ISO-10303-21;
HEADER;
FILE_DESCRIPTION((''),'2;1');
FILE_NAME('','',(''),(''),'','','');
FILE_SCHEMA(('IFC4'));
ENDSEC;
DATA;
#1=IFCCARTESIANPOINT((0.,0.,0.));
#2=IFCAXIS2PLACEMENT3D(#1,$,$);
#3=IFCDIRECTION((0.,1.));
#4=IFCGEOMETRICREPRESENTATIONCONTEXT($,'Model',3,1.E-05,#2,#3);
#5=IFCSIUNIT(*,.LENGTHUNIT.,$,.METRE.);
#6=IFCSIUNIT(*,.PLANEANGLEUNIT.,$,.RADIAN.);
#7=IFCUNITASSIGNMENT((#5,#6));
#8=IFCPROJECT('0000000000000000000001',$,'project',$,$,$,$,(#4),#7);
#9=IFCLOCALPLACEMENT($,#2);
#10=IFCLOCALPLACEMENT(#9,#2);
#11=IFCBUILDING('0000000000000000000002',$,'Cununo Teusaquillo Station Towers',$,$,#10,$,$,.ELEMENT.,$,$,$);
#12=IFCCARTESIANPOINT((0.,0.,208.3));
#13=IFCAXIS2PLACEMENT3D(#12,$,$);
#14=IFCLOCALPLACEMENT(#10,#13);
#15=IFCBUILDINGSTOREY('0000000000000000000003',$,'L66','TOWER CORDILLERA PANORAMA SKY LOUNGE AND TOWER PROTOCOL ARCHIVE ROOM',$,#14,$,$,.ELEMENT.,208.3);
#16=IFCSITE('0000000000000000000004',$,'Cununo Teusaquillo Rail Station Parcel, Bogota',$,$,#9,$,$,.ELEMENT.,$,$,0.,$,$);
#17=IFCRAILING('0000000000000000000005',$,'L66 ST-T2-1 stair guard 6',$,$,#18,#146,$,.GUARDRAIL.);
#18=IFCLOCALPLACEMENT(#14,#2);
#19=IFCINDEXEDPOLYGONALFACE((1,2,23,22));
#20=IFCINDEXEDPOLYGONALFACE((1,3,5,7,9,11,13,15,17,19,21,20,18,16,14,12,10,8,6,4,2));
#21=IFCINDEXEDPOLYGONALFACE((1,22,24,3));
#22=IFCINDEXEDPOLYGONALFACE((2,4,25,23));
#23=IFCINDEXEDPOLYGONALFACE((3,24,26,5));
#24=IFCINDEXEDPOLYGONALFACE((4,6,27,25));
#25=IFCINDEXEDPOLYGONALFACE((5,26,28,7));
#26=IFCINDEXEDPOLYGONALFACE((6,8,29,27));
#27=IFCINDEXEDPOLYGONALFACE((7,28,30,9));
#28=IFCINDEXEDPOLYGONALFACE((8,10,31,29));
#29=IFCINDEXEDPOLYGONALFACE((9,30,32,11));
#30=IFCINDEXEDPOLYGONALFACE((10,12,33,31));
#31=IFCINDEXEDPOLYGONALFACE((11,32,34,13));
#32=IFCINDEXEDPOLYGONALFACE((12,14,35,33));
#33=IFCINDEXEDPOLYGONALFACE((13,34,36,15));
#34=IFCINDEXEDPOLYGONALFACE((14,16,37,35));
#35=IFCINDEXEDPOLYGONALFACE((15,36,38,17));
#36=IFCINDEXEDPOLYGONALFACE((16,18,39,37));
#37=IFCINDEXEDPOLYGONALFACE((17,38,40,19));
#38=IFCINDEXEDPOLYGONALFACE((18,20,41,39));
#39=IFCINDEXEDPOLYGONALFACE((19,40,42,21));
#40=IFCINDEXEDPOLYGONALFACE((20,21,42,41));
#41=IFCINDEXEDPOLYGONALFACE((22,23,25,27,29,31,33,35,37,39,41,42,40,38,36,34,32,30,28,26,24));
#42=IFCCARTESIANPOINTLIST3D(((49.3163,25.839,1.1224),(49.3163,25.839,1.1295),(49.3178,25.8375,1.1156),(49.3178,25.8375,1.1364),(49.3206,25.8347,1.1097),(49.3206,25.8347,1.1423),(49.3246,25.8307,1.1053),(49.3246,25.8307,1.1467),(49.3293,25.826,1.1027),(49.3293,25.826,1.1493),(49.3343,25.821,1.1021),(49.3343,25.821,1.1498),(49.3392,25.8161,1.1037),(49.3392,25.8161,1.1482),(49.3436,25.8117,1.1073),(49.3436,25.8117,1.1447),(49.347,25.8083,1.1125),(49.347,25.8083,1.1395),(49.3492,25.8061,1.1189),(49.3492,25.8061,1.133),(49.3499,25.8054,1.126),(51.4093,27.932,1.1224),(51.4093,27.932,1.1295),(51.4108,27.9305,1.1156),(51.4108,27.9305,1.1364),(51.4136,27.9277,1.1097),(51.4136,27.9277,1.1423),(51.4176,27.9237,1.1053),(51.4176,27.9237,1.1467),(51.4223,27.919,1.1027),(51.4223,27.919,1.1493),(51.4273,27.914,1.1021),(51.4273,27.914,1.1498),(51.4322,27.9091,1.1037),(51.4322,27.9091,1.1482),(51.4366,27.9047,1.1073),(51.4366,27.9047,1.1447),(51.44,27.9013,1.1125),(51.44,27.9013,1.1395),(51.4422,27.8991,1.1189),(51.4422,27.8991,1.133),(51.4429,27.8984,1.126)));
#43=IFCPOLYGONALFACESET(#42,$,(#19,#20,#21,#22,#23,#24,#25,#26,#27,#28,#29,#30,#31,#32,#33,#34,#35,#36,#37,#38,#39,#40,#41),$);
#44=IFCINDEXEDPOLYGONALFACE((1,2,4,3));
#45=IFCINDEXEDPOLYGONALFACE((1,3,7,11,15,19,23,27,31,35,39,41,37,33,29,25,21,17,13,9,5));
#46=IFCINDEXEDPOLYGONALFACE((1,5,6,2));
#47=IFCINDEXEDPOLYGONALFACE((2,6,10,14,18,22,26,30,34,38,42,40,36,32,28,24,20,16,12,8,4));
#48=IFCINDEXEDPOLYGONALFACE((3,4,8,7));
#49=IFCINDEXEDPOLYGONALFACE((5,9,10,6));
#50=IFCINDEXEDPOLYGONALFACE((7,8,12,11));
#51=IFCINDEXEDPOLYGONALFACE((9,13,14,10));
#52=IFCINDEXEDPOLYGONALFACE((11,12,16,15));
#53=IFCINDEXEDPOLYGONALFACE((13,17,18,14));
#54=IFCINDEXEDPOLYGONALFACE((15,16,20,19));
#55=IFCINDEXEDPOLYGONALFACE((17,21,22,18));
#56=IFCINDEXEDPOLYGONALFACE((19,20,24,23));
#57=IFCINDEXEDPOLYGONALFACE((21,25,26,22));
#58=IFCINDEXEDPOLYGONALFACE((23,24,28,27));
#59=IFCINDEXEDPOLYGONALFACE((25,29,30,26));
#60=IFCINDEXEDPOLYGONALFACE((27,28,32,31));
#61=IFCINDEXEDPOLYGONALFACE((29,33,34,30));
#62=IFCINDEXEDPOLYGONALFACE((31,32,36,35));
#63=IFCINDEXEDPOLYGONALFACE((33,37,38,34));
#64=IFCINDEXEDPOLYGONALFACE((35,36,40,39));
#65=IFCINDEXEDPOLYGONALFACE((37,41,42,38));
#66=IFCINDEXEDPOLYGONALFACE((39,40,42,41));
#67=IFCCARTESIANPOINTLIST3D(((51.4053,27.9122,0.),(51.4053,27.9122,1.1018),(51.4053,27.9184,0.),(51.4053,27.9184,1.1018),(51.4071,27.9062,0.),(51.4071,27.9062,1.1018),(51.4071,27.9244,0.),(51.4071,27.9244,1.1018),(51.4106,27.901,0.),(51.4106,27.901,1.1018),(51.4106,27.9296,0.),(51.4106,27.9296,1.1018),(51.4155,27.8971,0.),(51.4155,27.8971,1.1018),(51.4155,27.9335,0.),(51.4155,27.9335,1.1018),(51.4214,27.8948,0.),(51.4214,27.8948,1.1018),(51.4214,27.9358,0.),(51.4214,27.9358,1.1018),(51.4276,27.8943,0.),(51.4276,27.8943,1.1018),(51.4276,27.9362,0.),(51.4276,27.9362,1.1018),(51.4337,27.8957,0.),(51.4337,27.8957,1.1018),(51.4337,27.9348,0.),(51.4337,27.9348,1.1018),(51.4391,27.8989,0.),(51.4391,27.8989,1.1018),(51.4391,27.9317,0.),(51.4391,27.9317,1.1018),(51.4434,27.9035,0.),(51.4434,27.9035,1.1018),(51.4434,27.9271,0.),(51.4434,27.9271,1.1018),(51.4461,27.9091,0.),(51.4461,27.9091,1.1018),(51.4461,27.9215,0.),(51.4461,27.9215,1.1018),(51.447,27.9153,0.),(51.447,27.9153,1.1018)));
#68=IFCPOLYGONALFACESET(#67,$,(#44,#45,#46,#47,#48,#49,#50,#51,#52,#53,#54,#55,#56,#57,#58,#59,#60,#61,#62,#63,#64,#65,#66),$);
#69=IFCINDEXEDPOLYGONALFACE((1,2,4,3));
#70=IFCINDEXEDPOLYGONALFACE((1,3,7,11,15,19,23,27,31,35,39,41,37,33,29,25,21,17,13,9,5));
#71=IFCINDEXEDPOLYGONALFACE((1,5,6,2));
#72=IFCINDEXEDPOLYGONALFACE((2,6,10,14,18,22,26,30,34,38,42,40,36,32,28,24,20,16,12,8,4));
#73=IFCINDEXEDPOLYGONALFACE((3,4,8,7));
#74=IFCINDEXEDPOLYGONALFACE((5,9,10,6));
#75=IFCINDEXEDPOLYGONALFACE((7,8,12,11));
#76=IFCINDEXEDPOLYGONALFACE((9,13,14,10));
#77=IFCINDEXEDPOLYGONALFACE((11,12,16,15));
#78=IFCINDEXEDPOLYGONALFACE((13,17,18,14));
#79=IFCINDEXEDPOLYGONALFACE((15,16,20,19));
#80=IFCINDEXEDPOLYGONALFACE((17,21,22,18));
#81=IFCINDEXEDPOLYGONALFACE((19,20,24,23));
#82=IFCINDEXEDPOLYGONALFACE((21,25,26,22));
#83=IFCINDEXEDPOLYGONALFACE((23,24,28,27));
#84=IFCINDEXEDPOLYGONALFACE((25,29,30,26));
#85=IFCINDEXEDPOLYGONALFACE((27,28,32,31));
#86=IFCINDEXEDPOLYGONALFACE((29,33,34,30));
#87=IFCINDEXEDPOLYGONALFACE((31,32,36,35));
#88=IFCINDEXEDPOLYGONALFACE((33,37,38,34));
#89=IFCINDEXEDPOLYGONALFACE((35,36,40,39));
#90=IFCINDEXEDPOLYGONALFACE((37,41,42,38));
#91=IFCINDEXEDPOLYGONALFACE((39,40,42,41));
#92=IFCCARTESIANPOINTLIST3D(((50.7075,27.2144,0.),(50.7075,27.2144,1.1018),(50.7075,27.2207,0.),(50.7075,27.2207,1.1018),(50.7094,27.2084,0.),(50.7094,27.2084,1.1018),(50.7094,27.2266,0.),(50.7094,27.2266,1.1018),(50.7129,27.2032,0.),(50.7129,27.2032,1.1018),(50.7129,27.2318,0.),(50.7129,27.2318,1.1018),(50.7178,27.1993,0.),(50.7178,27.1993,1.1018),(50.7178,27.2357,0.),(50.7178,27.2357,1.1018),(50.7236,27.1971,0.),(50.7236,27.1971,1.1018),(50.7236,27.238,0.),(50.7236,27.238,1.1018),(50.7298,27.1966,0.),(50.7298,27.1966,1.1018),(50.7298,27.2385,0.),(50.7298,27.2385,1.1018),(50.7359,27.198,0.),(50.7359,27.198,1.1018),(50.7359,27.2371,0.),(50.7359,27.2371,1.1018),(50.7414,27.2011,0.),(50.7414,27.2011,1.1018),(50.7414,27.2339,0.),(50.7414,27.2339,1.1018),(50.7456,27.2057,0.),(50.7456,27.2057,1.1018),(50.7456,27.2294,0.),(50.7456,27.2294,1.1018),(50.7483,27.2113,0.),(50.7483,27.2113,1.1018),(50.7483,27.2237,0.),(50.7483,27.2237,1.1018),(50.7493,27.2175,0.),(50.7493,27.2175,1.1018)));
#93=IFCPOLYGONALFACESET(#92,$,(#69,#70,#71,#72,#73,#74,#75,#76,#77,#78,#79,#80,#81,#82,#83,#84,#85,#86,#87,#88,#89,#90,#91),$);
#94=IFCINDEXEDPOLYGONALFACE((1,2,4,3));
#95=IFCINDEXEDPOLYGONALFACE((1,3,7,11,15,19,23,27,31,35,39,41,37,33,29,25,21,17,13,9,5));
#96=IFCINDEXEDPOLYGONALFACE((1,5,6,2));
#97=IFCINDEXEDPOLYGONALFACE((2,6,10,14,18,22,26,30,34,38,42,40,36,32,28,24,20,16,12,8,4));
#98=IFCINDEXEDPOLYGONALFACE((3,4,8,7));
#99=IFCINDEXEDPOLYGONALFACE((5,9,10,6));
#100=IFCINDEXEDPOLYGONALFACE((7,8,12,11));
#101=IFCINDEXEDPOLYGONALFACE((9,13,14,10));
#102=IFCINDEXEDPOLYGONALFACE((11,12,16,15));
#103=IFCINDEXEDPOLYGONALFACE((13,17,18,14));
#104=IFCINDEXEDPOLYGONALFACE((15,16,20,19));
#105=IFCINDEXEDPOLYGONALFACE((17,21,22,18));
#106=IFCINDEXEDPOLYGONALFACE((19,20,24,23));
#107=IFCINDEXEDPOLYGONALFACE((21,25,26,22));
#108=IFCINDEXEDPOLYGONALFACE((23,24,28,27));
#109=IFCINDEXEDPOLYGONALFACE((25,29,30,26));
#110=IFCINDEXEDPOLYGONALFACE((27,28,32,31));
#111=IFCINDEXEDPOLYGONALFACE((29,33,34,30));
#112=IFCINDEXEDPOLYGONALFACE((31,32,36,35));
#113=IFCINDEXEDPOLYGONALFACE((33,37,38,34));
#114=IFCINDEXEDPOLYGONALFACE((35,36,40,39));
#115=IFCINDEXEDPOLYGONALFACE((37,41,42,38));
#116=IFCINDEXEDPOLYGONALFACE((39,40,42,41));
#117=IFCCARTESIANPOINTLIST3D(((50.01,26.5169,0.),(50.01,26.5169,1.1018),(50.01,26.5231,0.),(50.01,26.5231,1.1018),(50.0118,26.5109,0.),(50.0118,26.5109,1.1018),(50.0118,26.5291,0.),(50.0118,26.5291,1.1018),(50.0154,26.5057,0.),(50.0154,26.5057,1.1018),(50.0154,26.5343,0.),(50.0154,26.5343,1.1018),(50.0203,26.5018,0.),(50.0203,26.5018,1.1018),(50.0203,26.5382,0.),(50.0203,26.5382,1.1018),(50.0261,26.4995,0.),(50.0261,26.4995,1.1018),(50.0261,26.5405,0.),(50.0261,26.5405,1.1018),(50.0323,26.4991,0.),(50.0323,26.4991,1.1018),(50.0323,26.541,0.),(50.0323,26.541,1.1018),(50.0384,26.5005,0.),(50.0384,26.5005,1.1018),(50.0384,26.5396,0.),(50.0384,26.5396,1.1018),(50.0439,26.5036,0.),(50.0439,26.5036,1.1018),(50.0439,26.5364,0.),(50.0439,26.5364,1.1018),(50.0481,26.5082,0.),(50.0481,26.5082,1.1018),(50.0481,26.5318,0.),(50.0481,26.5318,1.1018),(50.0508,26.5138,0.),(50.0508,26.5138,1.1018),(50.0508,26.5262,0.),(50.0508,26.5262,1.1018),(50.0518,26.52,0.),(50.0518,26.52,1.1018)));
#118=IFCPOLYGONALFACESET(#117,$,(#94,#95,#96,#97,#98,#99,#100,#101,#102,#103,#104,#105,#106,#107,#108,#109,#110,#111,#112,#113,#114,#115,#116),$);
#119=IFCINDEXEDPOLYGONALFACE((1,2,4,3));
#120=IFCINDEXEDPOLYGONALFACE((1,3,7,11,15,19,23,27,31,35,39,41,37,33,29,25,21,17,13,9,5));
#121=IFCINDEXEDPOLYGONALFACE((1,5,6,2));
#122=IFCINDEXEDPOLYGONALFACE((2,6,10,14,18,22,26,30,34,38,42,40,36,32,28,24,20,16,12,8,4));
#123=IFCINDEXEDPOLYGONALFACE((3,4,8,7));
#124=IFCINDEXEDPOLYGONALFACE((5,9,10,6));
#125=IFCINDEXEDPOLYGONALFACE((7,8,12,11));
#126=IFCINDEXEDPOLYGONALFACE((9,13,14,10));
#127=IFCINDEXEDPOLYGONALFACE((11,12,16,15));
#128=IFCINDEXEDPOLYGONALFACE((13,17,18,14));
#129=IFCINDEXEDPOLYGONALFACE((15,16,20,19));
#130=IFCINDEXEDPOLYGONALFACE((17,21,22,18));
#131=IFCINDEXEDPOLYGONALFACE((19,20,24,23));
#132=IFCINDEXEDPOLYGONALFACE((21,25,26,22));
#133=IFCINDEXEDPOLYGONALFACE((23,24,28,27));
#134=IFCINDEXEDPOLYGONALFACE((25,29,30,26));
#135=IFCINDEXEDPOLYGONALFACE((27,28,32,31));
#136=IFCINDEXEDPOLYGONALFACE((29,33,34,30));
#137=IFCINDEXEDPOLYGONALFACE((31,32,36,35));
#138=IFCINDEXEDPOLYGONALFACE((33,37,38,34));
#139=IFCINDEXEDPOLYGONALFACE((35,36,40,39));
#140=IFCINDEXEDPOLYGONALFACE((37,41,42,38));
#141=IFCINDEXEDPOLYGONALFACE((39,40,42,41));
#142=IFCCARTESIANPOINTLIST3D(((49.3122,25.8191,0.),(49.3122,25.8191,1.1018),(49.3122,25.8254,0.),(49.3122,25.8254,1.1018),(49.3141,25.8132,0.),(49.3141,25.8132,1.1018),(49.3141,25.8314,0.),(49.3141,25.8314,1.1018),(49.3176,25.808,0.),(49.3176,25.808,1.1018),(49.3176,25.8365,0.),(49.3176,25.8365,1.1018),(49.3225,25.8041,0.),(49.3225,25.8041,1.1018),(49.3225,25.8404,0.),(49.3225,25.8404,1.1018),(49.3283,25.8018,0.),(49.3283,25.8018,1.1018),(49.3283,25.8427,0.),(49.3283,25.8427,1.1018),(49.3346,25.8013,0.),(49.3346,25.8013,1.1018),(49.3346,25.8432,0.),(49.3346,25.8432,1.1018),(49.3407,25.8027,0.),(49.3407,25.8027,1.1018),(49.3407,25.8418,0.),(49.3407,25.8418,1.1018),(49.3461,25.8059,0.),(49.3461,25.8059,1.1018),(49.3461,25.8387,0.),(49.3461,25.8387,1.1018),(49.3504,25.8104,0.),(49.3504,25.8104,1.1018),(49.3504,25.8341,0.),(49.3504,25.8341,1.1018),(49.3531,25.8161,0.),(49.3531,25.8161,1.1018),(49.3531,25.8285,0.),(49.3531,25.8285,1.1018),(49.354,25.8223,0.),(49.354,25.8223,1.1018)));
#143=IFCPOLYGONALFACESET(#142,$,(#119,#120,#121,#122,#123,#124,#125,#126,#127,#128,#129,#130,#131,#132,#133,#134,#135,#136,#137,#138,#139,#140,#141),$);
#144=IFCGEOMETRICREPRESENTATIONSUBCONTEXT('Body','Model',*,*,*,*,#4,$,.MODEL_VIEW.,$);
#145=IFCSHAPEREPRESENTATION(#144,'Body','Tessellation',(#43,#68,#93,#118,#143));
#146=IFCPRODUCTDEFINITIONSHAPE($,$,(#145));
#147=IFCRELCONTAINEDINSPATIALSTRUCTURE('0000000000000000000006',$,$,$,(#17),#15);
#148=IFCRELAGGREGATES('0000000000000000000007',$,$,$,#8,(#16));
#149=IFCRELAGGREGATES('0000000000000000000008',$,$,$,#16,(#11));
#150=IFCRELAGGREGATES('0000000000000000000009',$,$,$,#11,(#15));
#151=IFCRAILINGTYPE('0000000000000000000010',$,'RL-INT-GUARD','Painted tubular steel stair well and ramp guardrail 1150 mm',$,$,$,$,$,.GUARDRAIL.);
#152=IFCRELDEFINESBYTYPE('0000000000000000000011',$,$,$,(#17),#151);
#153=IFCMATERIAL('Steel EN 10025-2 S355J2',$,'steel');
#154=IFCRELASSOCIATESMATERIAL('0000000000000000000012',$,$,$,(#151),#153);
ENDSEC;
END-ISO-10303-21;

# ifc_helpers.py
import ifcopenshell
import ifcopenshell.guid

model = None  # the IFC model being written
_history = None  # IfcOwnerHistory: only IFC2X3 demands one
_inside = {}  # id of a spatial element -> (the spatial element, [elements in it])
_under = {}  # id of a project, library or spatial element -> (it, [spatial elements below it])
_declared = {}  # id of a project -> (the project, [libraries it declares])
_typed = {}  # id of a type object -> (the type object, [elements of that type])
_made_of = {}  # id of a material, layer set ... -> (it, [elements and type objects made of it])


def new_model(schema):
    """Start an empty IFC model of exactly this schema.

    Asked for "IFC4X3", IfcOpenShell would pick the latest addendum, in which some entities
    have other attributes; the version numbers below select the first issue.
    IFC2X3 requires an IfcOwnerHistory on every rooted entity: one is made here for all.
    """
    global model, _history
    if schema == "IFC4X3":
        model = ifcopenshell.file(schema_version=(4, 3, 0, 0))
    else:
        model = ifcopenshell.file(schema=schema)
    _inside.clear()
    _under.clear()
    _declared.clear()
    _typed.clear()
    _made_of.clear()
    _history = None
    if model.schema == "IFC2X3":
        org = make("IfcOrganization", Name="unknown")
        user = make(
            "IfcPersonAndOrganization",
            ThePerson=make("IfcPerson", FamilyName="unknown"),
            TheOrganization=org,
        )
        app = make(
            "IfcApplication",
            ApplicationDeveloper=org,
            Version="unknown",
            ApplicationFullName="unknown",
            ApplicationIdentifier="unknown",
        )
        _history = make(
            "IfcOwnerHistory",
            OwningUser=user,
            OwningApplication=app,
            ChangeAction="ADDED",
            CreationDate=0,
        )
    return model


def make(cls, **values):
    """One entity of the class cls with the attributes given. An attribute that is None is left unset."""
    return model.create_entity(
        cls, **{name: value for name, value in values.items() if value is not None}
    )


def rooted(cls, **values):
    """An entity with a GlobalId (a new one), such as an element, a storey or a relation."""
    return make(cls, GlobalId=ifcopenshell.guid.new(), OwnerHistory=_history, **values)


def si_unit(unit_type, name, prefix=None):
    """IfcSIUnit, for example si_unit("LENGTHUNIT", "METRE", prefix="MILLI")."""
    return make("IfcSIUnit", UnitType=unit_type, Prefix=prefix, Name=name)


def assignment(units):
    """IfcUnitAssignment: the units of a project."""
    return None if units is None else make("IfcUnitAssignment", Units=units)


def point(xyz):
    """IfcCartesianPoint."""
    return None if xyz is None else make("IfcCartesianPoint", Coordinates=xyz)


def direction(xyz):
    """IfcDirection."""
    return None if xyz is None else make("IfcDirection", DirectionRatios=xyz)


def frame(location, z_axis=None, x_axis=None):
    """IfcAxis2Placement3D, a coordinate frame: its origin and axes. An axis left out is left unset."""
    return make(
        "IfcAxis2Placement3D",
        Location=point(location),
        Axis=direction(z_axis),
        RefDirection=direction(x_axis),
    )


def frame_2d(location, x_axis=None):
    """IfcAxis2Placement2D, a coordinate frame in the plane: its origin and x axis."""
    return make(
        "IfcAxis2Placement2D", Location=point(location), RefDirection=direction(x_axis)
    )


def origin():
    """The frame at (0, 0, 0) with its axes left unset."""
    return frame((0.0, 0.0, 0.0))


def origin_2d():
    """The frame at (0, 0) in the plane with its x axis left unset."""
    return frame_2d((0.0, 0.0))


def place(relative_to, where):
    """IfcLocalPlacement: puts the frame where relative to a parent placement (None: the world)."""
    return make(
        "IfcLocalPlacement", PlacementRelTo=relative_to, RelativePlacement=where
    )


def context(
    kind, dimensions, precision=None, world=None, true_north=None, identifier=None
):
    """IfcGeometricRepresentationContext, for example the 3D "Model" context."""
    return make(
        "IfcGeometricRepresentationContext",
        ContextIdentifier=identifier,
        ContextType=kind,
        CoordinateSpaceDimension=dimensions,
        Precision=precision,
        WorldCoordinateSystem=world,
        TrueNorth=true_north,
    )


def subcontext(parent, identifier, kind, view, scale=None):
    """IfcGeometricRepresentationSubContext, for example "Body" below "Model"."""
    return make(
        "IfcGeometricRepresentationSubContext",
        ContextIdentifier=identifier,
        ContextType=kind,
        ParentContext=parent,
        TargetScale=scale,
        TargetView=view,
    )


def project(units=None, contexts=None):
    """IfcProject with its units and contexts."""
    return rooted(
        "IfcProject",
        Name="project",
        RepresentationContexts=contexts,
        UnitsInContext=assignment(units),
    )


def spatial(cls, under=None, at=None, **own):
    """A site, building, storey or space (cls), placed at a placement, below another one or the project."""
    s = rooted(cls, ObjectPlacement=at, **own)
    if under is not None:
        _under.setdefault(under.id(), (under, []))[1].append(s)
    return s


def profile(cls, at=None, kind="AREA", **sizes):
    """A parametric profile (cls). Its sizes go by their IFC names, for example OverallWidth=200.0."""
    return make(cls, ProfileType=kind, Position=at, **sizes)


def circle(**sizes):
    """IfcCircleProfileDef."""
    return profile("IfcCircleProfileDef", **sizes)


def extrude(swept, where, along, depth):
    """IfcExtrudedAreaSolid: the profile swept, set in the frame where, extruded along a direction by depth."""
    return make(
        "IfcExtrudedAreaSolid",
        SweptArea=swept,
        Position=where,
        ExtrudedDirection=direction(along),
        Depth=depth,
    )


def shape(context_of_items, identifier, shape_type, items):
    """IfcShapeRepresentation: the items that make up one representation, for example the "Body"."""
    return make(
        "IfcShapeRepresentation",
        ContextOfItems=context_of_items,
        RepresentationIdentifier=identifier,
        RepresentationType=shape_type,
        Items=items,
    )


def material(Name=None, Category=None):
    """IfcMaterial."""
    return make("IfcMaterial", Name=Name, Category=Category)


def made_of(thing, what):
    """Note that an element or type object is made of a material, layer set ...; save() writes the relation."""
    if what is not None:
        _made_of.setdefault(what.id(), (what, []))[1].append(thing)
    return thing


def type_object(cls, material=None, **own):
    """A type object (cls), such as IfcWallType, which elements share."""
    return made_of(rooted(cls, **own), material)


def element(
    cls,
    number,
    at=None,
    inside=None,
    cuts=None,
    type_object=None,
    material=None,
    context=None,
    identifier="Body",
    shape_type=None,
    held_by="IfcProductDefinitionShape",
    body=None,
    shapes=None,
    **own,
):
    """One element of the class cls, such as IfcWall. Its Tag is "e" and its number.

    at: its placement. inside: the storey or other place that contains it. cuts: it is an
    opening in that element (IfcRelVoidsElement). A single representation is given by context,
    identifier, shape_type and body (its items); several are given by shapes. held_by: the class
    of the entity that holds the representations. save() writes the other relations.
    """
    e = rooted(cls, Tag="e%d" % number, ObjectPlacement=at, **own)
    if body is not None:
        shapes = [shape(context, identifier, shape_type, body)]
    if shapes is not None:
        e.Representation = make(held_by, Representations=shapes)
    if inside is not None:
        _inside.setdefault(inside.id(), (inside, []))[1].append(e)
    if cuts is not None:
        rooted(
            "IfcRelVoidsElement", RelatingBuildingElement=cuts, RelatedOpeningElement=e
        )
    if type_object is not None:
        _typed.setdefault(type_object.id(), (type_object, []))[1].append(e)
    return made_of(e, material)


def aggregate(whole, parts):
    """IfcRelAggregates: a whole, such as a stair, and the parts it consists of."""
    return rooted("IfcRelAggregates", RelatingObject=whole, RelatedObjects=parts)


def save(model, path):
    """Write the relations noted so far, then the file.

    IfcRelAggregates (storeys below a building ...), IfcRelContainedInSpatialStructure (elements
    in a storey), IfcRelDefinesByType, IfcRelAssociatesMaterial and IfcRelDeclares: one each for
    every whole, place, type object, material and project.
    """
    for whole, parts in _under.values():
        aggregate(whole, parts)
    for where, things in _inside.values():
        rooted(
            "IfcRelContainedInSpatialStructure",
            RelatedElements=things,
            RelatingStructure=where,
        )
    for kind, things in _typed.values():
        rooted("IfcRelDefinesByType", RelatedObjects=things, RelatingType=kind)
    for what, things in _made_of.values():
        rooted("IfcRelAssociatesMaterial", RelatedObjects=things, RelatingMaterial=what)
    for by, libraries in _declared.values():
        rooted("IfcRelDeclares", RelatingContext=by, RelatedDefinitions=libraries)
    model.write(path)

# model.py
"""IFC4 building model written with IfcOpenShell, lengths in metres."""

from ifc_helpers import new_model, si_unit, direction, frame, origin, origin_2d, place, context, subcontext, project, spatial, circle, extrude, material, type_object, element, save


model = new_model("IFC4")

# Units and contexts
model_context = context("Model", 3, precision=1e-05, world=origin(), true_north=direction((0.0, 1.0)))
body_context = subcontext(model_context, "Body", "Model", "MODEL_VIEW")
ifc_project = project(units=[si_unit("LENGTHUNIT", "METRE"), si_unit("PLANEANGLEUNIT", "RADIAN")], contexts=[model_context])

# Site, building, storey
site_placement = place(None, origin())
site = spatial("IfcSite", under=ifc_project, at=site_placement, Name="Cununo Teusaquillo Rail Station Parcel, Bogota", CompositionType="ELEMENT", RefElevation=0.0)
building_placement = place(site_placement, origin())
building = spatial("IfcBuilding", under=site, at=building_placement, Name="Cununo Teusaquillo Station Towers", CompositionType="ELEMENT")
storey_placement = place(building_placement, frame((0.0, 0.0, 208.3)))
storey = spatial("IfcBuildingStorey", under=building, at=storey_placement, Name="L66", Description="TOWER CORDILLERA PANORAMA SKY LOUNGE AND TOWER PROTOCOL ARCHIVE ROOM", CompositionType="ELEMENT", Elevation=208.3)

# Railing
ifc_material_1 = material(Name="Steel EN 10025-2 S355J2", Category="steel")
railing_type = type_object("IfcRailingType", Name="RL-INT-GUARD", Description="Painted tubular steel stair well and ramp guardrail 1150 mm", PredefinedType="GUARDRAIL", material=ifc_material_1)
railing_1_placement = place(storey_placement, frame((51.426, 27.9153, 0.0)))
element("IfcRailing", 1, at=railing_1_placement, inside=storey, type_object=railing_type, Name="L66 ST-T2-1 stair guard 6", PredefinedType="GUARDRAIL", context=body_context, shape_type="SweptSolid", body=[
    extrude(circle(Radius=0.0239, at=origin_2d()), frame((0.0, 0.0, 1.126), z_axis=(-0.707107, -0.707107, 0.0), x_axis=(0.707107, -0.707107, 0.0)), (0.0, 0.0, 1.0), 2.96),
    extrude(circle(Radius=0.021, at=origin_2d()), origin(), (0.0, 0.0, 1.0), 1.1018),
    extrude(circle(Radius=0.021, at=origin_2d()), frame((-0.6978, -0.6978, 0.0)), (0.0, 0.0, 1.0), 1.1018),
    extrude(circle(Radius=0.021, at=origin_2d()), frame((-1.3953, -1.3953, 0.0)), (0.0, 0.0, 1.0), 1.1018),
    extrude(circle(Radius=0.021, at=origin_2d()), frame((-2.093, -2.093, 0.0)), (0.0, 0.0, 1.0), 1.1018),
])

save(model, "model.ifc")
